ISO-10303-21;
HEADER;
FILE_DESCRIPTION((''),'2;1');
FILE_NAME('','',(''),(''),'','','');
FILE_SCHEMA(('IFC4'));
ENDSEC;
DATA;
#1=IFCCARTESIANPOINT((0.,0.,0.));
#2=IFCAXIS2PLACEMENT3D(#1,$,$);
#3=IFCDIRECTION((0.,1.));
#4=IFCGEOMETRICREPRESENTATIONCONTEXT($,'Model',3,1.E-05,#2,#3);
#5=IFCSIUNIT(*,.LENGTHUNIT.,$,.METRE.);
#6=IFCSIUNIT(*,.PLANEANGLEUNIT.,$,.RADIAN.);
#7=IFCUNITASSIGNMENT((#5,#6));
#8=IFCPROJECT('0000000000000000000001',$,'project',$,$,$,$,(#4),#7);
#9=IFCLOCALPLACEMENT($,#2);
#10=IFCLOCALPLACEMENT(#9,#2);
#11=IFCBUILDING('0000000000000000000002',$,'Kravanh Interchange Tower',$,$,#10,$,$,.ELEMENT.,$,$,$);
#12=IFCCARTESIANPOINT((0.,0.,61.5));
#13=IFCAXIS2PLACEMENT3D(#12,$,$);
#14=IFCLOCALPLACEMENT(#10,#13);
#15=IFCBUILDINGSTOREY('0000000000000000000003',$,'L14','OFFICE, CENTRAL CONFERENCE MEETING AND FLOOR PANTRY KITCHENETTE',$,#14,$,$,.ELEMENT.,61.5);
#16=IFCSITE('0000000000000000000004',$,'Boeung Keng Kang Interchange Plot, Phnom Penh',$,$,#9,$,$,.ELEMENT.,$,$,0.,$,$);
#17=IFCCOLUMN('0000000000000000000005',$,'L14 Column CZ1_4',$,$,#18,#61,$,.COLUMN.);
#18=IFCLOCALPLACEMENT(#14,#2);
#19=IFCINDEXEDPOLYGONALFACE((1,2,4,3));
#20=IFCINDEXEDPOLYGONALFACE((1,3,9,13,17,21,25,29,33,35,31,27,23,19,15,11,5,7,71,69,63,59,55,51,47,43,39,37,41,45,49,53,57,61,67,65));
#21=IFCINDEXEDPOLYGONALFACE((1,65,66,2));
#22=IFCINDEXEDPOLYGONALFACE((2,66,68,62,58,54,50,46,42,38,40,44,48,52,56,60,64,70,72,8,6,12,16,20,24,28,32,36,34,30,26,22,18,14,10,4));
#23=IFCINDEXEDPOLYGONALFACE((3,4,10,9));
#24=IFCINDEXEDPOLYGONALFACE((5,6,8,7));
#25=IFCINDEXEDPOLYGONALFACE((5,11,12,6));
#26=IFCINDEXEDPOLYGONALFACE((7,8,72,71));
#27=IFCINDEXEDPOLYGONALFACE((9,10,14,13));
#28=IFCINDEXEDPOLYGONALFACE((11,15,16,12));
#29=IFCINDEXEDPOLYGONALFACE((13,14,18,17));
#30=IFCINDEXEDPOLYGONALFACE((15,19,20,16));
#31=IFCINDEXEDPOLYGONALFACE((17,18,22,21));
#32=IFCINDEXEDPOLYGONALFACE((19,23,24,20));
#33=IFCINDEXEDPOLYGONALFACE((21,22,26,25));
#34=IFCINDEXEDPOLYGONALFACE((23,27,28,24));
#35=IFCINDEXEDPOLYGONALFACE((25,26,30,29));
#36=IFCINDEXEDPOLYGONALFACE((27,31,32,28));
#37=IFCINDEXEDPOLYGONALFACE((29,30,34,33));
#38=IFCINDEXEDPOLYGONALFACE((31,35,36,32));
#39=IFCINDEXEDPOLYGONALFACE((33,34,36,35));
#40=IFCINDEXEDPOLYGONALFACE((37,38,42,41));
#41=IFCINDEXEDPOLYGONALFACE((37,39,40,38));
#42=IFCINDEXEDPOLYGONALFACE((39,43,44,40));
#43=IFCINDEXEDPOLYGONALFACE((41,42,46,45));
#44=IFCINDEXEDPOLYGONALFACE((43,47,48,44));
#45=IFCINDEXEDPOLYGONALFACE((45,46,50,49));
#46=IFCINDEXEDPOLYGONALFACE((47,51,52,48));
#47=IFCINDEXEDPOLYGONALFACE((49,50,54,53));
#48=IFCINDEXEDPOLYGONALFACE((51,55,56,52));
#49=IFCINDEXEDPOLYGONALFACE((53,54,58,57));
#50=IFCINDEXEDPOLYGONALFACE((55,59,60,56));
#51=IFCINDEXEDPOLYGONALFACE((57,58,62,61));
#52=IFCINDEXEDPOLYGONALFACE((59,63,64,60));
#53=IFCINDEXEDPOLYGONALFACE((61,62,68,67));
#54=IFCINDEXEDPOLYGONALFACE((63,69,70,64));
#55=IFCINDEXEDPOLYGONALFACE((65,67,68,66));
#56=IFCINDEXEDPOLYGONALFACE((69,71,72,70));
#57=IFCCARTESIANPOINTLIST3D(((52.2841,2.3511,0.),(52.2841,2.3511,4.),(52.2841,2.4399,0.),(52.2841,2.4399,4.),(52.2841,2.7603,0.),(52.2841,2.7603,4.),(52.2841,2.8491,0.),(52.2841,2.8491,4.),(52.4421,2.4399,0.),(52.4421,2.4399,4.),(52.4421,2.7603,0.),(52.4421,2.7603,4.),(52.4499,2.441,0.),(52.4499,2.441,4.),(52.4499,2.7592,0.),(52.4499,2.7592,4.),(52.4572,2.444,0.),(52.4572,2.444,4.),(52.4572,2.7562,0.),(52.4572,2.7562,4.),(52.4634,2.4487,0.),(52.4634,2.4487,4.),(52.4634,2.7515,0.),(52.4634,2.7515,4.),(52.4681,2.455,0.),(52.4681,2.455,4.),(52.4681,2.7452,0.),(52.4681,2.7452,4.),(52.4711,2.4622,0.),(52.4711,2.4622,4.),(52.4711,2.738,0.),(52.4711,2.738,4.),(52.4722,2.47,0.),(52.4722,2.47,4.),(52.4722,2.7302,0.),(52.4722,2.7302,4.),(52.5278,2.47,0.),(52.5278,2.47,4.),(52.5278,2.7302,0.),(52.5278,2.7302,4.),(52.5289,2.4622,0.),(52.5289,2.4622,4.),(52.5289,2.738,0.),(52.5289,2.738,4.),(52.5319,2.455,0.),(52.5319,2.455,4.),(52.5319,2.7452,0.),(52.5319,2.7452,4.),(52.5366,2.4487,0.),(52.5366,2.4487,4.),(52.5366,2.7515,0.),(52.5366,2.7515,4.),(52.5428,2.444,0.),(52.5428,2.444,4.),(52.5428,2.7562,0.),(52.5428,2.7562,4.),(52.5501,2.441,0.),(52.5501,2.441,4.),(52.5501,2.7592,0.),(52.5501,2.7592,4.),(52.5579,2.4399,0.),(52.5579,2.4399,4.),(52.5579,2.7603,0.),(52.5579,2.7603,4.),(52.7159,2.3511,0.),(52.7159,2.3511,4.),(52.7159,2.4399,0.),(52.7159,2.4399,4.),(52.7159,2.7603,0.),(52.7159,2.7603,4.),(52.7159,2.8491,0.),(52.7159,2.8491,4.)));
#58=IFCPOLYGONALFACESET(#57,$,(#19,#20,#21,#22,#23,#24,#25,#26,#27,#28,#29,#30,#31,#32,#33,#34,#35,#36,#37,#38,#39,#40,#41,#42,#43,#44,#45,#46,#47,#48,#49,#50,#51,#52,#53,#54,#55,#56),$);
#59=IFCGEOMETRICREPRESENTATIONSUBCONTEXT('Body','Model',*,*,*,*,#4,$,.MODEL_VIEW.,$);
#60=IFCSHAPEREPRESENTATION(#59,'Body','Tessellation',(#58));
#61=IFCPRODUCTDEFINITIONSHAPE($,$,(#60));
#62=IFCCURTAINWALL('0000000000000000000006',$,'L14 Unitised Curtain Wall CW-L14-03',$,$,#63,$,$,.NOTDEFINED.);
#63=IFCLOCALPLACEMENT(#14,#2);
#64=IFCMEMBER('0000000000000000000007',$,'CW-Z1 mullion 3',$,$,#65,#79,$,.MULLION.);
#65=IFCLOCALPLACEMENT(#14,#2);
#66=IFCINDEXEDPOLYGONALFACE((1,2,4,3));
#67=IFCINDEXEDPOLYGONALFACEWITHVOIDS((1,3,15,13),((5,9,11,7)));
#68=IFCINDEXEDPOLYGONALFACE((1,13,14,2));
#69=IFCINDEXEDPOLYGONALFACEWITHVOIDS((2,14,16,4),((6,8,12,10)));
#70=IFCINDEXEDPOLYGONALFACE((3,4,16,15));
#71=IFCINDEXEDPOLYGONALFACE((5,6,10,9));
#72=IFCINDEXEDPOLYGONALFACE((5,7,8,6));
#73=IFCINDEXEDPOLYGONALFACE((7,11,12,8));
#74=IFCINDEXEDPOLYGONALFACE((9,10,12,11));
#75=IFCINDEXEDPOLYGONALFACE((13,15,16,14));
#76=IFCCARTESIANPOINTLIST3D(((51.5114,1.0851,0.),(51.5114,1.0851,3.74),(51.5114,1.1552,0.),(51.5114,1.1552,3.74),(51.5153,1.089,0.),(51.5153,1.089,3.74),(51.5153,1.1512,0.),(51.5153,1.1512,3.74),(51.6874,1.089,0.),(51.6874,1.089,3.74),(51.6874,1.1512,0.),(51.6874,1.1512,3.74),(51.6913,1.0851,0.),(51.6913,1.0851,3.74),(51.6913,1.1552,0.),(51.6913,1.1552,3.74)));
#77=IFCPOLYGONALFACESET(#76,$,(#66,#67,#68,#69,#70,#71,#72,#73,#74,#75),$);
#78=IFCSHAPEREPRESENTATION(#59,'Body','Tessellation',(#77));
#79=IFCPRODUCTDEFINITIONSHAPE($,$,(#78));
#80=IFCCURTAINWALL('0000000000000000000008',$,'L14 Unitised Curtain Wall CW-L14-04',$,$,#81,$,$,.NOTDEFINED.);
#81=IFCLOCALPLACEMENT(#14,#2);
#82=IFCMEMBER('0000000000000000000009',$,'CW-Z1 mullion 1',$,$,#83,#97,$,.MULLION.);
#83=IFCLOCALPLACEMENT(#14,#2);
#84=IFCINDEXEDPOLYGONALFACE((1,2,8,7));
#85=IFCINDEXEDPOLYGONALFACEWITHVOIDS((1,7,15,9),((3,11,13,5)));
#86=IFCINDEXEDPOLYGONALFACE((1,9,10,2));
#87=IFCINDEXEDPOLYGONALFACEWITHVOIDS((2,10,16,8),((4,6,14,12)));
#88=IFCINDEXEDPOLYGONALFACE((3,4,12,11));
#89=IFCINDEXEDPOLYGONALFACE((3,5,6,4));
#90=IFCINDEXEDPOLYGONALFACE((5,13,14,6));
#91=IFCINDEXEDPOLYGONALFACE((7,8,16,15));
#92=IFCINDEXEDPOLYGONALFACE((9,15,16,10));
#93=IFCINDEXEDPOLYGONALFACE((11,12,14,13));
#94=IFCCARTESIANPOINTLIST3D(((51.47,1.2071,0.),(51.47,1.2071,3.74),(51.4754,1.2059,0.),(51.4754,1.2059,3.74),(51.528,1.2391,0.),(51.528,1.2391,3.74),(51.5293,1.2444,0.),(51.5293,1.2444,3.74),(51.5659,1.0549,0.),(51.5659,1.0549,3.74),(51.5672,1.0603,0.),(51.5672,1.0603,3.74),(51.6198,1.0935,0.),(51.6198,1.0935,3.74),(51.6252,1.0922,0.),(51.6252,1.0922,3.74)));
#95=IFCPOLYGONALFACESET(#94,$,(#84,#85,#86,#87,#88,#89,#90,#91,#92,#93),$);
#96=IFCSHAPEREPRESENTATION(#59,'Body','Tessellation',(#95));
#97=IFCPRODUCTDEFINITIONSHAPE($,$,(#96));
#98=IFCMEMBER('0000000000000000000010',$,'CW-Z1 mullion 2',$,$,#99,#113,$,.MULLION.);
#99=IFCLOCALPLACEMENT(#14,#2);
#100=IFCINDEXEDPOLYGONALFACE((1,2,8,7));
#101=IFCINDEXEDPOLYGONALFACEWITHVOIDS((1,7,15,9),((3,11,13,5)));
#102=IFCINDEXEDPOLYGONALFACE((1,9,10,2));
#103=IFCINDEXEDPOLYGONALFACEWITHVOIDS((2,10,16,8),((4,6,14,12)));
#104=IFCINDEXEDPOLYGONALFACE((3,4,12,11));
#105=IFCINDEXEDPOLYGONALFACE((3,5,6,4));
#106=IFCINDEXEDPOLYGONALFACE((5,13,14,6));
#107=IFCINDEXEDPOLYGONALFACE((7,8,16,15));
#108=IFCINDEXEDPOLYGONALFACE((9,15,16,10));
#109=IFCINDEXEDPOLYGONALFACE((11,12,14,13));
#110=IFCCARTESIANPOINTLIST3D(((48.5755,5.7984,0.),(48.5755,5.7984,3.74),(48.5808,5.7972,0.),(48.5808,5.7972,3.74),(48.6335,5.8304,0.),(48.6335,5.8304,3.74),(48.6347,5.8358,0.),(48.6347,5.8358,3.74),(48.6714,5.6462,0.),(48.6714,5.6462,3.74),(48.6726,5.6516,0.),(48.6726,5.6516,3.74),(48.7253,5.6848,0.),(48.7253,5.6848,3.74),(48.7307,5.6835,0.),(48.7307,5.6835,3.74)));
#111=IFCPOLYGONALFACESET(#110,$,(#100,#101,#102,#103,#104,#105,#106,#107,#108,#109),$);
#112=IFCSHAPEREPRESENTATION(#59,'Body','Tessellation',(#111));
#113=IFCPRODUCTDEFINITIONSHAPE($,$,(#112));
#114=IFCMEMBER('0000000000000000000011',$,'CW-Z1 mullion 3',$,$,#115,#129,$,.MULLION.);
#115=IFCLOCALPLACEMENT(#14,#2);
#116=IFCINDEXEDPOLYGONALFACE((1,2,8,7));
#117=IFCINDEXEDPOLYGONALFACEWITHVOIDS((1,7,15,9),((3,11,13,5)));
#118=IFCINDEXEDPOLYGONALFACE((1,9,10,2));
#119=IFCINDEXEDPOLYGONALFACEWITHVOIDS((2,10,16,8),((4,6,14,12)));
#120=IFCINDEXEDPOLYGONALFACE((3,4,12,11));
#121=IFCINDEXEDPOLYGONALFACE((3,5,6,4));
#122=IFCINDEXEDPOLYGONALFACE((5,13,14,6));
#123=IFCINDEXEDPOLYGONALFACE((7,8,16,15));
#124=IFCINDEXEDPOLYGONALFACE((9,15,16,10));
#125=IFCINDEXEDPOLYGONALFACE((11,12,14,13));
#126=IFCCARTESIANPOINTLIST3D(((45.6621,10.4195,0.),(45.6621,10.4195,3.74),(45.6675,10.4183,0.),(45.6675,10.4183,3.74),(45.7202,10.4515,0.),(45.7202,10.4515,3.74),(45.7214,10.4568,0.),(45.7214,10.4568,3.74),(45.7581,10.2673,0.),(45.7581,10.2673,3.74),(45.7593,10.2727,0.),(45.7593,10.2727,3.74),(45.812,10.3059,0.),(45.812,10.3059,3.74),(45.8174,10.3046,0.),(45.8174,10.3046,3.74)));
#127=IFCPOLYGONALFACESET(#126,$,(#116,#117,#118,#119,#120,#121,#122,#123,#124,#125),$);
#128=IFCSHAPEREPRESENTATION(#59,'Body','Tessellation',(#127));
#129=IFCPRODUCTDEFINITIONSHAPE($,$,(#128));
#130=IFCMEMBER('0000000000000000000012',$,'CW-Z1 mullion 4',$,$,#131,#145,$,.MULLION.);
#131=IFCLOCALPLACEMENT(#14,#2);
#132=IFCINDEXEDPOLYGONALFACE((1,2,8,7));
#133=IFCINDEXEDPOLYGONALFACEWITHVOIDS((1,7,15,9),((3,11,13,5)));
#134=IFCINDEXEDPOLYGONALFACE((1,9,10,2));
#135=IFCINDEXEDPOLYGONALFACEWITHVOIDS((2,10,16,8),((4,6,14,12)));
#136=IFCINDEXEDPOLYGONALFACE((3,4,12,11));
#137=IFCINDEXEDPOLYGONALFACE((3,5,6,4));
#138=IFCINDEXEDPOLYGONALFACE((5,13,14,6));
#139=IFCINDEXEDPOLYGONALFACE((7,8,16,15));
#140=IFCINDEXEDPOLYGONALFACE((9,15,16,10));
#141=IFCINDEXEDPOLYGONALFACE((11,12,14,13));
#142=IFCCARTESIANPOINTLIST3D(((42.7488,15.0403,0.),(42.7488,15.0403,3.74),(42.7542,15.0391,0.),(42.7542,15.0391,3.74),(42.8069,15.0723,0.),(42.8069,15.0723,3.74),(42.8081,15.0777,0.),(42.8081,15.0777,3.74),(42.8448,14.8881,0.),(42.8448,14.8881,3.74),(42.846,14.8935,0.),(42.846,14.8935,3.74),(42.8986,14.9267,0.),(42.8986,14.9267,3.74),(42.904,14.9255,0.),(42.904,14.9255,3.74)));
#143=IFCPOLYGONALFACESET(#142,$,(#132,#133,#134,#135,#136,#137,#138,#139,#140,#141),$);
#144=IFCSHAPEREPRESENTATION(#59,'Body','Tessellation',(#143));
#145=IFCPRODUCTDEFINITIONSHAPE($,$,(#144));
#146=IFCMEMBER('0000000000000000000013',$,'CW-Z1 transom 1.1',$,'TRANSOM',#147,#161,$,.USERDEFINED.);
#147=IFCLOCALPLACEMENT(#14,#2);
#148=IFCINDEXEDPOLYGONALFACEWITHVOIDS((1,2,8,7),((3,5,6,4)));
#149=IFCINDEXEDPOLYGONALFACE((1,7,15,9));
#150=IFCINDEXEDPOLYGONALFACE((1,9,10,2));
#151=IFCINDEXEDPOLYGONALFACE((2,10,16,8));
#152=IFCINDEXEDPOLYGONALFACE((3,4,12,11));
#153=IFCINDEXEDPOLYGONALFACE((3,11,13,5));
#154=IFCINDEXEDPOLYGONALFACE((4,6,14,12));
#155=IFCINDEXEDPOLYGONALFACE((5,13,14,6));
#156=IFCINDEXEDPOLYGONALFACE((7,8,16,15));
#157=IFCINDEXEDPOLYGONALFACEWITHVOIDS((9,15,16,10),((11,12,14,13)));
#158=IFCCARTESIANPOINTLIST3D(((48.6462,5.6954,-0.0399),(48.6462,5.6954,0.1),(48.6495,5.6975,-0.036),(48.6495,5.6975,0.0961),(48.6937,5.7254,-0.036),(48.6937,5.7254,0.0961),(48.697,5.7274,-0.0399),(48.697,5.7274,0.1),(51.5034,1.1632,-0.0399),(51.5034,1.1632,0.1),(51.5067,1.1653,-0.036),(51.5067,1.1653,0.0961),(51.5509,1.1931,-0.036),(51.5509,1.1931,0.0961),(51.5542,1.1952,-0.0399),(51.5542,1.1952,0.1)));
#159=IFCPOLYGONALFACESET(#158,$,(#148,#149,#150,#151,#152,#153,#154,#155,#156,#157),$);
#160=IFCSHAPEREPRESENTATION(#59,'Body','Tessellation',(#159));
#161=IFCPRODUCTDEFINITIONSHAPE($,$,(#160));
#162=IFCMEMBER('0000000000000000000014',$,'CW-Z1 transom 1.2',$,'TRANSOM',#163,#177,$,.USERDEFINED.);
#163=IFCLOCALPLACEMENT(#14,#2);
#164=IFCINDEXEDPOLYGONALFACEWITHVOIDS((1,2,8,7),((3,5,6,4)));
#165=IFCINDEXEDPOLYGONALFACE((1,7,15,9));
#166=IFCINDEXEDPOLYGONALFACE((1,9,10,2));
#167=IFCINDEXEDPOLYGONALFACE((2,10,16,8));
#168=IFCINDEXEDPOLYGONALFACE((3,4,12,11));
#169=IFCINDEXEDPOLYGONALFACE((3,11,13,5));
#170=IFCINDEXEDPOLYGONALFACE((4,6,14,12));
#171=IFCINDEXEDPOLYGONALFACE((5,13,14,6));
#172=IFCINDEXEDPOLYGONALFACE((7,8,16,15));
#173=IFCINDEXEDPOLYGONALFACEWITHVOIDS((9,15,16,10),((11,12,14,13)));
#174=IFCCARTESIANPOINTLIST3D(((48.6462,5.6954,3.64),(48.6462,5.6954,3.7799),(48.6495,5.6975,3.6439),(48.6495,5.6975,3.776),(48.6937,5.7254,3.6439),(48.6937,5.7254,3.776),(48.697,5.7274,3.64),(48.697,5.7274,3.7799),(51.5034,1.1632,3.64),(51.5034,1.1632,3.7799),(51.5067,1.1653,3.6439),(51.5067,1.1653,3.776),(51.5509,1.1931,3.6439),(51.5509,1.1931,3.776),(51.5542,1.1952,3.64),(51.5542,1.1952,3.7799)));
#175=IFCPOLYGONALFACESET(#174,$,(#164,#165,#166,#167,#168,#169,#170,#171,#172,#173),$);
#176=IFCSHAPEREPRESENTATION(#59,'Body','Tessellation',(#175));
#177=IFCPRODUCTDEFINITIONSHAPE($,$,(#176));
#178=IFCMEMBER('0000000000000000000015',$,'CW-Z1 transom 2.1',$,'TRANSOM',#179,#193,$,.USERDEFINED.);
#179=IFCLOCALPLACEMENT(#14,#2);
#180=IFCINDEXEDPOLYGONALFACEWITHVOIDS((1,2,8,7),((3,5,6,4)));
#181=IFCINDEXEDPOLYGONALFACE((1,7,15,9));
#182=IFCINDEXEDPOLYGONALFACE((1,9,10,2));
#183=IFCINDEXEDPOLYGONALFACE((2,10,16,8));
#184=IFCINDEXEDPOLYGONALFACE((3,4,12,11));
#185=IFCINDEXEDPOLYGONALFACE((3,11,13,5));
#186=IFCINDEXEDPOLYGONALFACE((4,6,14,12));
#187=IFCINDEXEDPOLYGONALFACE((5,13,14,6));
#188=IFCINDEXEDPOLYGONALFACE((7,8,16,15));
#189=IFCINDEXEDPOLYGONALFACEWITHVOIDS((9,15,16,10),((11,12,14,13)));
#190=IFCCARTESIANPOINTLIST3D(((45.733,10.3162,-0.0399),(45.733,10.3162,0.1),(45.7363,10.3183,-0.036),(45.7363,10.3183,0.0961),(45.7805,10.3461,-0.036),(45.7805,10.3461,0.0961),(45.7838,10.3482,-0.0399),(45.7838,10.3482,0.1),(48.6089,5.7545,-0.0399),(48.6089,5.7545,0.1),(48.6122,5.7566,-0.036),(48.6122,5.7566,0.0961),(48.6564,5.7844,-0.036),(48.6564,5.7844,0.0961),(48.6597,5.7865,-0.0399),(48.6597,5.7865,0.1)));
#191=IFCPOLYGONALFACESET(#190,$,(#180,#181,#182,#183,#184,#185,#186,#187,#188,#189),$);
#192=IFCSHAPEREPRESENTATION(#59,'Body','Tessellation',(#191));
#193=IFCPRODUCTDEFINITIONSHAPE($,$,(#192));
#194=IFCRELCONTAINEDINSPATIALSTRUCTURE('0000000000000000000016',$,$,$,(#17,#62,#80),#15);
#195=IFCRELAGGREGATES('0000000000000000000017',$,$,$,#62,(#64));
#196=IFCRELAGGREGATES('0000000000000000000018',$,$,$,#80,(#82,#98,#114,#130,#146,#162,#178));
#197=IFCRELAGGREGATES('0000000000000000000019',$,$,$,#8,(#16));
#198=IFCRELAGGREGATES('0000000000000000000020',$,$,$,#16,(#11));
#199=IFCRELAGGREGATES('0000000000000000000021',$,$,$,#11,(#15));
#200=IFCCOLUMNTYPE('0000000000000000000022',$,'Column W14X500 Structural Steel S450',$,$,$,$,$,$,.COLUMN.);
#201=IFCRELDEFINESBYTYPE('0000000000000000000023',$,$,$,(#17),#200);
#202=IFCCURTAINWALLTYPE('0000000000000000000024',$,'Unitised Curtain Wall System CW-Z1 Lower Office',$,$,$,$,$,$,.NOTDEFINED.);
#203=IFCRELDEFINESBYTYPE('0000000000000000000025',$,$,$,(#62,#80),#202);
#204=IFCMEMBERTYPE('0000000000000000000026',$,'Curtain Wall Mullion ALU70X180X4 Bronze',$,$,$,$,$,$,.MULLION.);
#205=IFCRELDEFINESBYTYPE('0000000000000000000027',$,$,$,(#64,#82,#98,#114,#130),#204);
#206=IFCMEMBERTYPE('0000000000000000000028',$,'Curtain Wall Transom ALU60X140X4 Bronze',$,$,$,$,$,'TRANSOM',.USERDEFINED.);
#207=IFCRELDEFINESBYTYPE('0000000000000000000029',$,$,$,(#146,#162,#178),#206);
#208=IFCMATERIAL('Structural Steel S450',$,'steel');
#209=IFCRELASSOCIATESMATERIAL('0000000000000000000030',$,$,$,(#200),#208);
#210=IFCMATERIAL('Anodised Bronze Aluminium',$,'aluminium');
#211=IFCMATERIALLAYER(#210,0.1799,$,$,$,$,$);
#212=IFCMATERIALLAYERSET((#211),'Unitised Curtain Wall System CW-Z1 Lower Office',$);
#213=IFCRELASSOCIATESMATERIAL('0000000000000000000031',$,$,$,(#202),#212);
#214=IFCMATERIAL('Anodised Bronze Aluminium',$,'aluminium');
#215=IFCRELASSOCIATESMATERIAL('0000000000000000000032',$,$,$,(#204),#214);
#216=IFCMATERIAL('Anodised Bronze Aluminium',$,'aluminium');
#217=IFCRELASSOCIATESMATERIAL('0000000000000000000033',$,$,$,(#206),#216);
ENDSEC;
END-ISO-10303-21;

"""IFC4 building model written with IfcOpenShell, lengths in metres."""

from ifc_helpers import new_model, si_unit, direction, frame, origin, origin_2d, place, context, subcontext, project, spatial, hollow_rectangle, i_section, extrude, material, layer, layer_set, material_profile, profile_set, type_object, element, aggregate, save


model = new_model("IFC4")

# Units and contexts
model_context = context("Model", 3, precision=1e-05, world=origin(), true_north=direction((0.0, 1.0)))
body_context = subcontext(model_context, "Body", "Model", "MODEL_VIEW")
ifc_project = project(units=[si_unit("LENGTHUNIT", "METRE"), si_unit("PLANEANGLEUNIT", "RADIAN")], contexts=[model_context])

# Site, building, storey
site_placement = place(None, origin())
site = spatial("IfcSite", under=ifc_project, at=site_placement, Name="Boeung Keng Kang Interchange Plot, Phnom Penh", CompositionType="ELEMENT", RefElevation=0.0)
building_placement = place(site_placement, origin())
building = spatial("IfcBuilding", under=site, at=building_placement, Name="Kravanh Interchange Tower", CompositionType="ELEMENT")
storey_placement = place(building_placement, frame((0.0, 0.0, 61.5)))
storey = spatial("IfcBuildingStorey", under=building, at=storey_placement, Name="L14", Description="OFFICE, CENTRAL CONFERENCE MEETING AND FLOOR PANTRY KITCHENETTE", CompositionType="ELEMENT", Elevation=61.5)

# Column
ifc_material_1 = material(Name="Structural Steel S450", Category="steel")
ifc_material_profile_1 = material_profile(ifc_material_1, i_section(OverallWidth=0.4319, OverallDepth=0.498, WebThickness=0.0557, FlangeThickness=0.0889, FilletRadius=0.03, at=origin_2d()), Name="W14X500")
ifc_profile_set_1 = profile_set([ifc_material_profile_1], Name="Structural Steel S450")
column_type = type_object("IfcColumnType", Name="Column W14X500 Structural Steel S450", PredefinedType="COLUMN", material=ifc_profile_set_1)
column_placement = place(storey_placement, frame((52.5, 2.6001, 0.0), z_axis=(0.0, 0.0, 1.0), x_axis=(1.0, 0.0, 0.0)))
element("IfcColumn", 1, at=column_placement, inside=storey, type_object=column_type, Name="L14 Column CZ1_4", PredefinedType="COLUMN", context=body_context, shape_type="SweptSolid", body=[
    extrude(i_section(OverallWidth=0.4319, OverallDepth=0.498, WebThickness=0.0557, FlangeThickness=0.0889, FilletRadius=0.03, at=origin_2d()), origin(), (0.0, 0.0, 1.0), 4.0),
])

# Curtain wall, member
ifc_material_2 = material(Name="Anodised Bronze Aluminium", Category="aluminium")
ifc_layer_1 = layer(ifc_material_2, 0.1799)
ifc_layer_set_1 = layer_set([ifc_layer_1], Name="Unitised Curtain Wall System CW-Z1 Lower Office")
curtain_wall_type = type_object("IfcCurtainWallType", Name="Unitised Curtain Wall System CW-Z1 Lower Office", PredefinedType="NOTDEFINED", material=ifc_layer_set_1)
curtain_wall_1_placement = place(storey_placement, origin())
curtain_wall_1 = element("IfcCurtainWall", 2, at=curtain_wall_1_placement, inside=storey, type_object=curtain_wall_type, Name="L14 Unitised Curtain Wall CW-L14-03", PredefinedType="NOTDEFINED")
ifc_material_3 = material(Name="Anodised Bronze Aluminium", Category="aluminium")
ifc_material_profile_2 = material_profile(ifc_material_3, hollow_rectangle(XDim=0.0701, YDim=0.1799, WallThickness=0.0039, at=origin_2d()), Name="ALU70X180X4")
ifc_profile_set_2 = profile_set([ifc_material_profile_2], Name="Anodised Bronze Aluminium")
member_type_1 = type_object("IfcMemberType", Name="Curtain Wall Mullion ALU70X180X4 Bronze", PredefinedType="MULLION", material=ifc_profile_set_2)
member_1_placement = place(storey_placement, frame((51.6013, 1.1201, 0.0), z_axis=(0.0, 0.0, 1.0), x_axis=(0.0, -1.0, 0.0)))
member_1 = element("IfcMember", 3, at=member_1_placement, type_object=member_type_1, Name="CW-Z1 mullion 3", PredefinedType="MULLION", context=body_context, shape_type="SweptSolid", body=[
    extrude(hollow_rectangle(XDim=0.0701, YDim=0.1799, WallThickness=0.0039, at=origin_2d()), origin(), (0.0, 0.0, 1.0), 3.74),
])
aggregate(curtain_wall_1, [member_1])

# Curtain wall, members
curtain_wall_2_placement = place(storey_placement, origin())
curtain_wall_2 = element("IfcCurtainWall", 4, at=curtain_wall_2_placement, inside=storey, type_object=curtain_wall_type, Name="L14 Unitised Curtain Wall CW-L14-04", PredefinedType="NOTDEFINED")
member_2_placement = place(storey_placement, frame((51.5476, 1.1497, 0.0), z_axis=(0.0, 0.0, 1.0), x_axis=(-0.845926, -0.533301, 0.0)))
member_2 = element("IfcMember", 5, at=member_2_placement, type_object=member_type_1, Name="CW-Z1 mullion 1", PredefinedType="MULLION", context=body_context, shape_type="SweptSolid", body=[
    extrude(hollow_rectangle(XDim=0.0701, YDim=0.1799, WallThickness=0.0039, at=origin_2d()), origin(), (0.0, 0.0, 1.0), 3.74),
])
member_3_placement = place(storey_placement, frame((48.6531, 5.741, 0.0), z_axis=(0.0, 0.0, 1.0), x_axis=(-0.845926, -0.533301, 0.0)))
member_3 = element("IfcMember", 6, at=member_3_placement, type_object=member_type_1, Name="CW-Z1 mullion 2", PredefinedType="MULLION", context=body_context, shape_type="SweptSolid", body=[
    extrude(hollow_rectangle(XDim=0.0701, YDim=0.1799, WallThickness=0.0039, at=origin_2d()), origin(), (0.0, 0.0, 1.0), 3.74),
])
member_4_placement = place(storey_placement, frame((45.7397, 10.3621, 0.0), z_axis=(0.0, 0.0, 1.0), x_axis=(-0.845926, -0.533301, 0.0)))
member_4 = element("IfcMember", 7, at=member_4_placement, type_object=member_type_1, Name="CW-Z1 mullion 3", PredefinedType="MULLION", context=body_context, shape_type="SweptSolid", body=[
    extrude(hollow_rectangle(XDim=0.0701, YDim=0.1799, WallThickness=0.0039, at=origin_2d()), origin(), (0.0, 0.0, 1.0), 3.74),
])
member_5_placement = place(storey_placement, frame((42.8264, 14.9829, 0.0), z_axis=(0.0, 0.0, 1.0), x_axis=(-0.845926, -0.533301, 0.0)))
member_5 = element("IfcMember", 8, at=member_5_placement, type_object=member_type_1, Name="CW-Z1 mullion 4", PredefinedType="MULLION", context=body_context, shape_type="SweptSolid", body=[
    extrude(hollow_rectangle(XDim=0.0701, YDim=0.1799, WallThickness=0.0039, at=origin_2d()), origin(), (0.0, 0.0, 1.0), 3.74),
])
ifc_material_4 = material(Name="Anodised Bronze Aluminium", Category="aluminium")
ifc_material_profile_3 = material_profile(ifc_material_4, hollow_rectangle(XDim=0.0601, YDim=0.1399, WallThickness=0.0039, at=origin_2d()), Name="ALU60X140X4")
ifc_profile_set_3 = profile_set([ifc_material_profile_3], Name="Anodised Bronze Aluminium")
member_type_2 = type_object("IfcMemberType", Name="Curtain Wall Transom ALU60X140X4 Bronze", ElementType="TRANSOM", PredefinedType="USERDEFINED", material=ifc_profile_set_3)
member_6_placement = place(storey_placement, frame((51.5288, 1.1792, 0.03), z_axis=(-0.533288, 0.845934, 0.0), x_axis=(-0.845934, -0.533288, 0.0)))
member_6 = element("IfcMember", 9, at=member_6_placement, type_object=member_type_2, Name="CW-Z1 transom 1.1", ObjectType="TRANSOM", PredefinedType="USERDEFINED", context=body_context, shape_type="SweptSolid", body=[
    extrude(hollow_rectangle(XDim=0.0601, YDim=0.1399, WallThickness=0.0039, at=origin_2d()), origin(), (0.0, 0.0, 1.0), 5.3577),
])
member_7_placement = place(storey_placement, frame((51.5288, 1.1792, 3.71), z_axis=(-0.533288, 0.845934, 0.0), x_axis=(-0.845934, -0.533288, 0.0)))
member_7 = element("IfcMember", 10, at=member_7_placement, type_object=member_type_2, Name="CW-Z1 transom 1.2", ObjectType="TRANSOM", PredefinedType="USERDEFINED", context=body_context, shape_type="SweptSolid", body=[
    extrude(hollow_rectangle(XDim=0.0601, YDim=0.1399, WallThickness=0.0039, at=origin_2d()), origin(), (0.0, 0.0, 1.0), 5.3577),
])
member_8_placement = place(storey_placement, frame((48.6343, 5.7705, 0.03), z_axis=(-0.533311, 0.845919, 0.0), x_axis=(-0.845919, -0.533311, 0.0)))
member_8 = element("IfcMember", 11, at=member_8_placement, type_object=member_type_2, Name="CW-Z1 transom 2.1", ObjectType="TRANSOM", PredefinedType="USERDEFINED", context=body_context, shape_type="SweptSolid", body=[
    extrude(hollow_rectangle(XDim=0.0601, YDim=0.1399, WallThickness=0.0039, at=origin_2d()), origin(), (0.0, 0.0, 1.0), 5.3926),
])

aggregate(curtain_wall_2, [member_2, member_3, member_4, member_5, member_6, member_7, member_8])

save(model, "model.ifc")
